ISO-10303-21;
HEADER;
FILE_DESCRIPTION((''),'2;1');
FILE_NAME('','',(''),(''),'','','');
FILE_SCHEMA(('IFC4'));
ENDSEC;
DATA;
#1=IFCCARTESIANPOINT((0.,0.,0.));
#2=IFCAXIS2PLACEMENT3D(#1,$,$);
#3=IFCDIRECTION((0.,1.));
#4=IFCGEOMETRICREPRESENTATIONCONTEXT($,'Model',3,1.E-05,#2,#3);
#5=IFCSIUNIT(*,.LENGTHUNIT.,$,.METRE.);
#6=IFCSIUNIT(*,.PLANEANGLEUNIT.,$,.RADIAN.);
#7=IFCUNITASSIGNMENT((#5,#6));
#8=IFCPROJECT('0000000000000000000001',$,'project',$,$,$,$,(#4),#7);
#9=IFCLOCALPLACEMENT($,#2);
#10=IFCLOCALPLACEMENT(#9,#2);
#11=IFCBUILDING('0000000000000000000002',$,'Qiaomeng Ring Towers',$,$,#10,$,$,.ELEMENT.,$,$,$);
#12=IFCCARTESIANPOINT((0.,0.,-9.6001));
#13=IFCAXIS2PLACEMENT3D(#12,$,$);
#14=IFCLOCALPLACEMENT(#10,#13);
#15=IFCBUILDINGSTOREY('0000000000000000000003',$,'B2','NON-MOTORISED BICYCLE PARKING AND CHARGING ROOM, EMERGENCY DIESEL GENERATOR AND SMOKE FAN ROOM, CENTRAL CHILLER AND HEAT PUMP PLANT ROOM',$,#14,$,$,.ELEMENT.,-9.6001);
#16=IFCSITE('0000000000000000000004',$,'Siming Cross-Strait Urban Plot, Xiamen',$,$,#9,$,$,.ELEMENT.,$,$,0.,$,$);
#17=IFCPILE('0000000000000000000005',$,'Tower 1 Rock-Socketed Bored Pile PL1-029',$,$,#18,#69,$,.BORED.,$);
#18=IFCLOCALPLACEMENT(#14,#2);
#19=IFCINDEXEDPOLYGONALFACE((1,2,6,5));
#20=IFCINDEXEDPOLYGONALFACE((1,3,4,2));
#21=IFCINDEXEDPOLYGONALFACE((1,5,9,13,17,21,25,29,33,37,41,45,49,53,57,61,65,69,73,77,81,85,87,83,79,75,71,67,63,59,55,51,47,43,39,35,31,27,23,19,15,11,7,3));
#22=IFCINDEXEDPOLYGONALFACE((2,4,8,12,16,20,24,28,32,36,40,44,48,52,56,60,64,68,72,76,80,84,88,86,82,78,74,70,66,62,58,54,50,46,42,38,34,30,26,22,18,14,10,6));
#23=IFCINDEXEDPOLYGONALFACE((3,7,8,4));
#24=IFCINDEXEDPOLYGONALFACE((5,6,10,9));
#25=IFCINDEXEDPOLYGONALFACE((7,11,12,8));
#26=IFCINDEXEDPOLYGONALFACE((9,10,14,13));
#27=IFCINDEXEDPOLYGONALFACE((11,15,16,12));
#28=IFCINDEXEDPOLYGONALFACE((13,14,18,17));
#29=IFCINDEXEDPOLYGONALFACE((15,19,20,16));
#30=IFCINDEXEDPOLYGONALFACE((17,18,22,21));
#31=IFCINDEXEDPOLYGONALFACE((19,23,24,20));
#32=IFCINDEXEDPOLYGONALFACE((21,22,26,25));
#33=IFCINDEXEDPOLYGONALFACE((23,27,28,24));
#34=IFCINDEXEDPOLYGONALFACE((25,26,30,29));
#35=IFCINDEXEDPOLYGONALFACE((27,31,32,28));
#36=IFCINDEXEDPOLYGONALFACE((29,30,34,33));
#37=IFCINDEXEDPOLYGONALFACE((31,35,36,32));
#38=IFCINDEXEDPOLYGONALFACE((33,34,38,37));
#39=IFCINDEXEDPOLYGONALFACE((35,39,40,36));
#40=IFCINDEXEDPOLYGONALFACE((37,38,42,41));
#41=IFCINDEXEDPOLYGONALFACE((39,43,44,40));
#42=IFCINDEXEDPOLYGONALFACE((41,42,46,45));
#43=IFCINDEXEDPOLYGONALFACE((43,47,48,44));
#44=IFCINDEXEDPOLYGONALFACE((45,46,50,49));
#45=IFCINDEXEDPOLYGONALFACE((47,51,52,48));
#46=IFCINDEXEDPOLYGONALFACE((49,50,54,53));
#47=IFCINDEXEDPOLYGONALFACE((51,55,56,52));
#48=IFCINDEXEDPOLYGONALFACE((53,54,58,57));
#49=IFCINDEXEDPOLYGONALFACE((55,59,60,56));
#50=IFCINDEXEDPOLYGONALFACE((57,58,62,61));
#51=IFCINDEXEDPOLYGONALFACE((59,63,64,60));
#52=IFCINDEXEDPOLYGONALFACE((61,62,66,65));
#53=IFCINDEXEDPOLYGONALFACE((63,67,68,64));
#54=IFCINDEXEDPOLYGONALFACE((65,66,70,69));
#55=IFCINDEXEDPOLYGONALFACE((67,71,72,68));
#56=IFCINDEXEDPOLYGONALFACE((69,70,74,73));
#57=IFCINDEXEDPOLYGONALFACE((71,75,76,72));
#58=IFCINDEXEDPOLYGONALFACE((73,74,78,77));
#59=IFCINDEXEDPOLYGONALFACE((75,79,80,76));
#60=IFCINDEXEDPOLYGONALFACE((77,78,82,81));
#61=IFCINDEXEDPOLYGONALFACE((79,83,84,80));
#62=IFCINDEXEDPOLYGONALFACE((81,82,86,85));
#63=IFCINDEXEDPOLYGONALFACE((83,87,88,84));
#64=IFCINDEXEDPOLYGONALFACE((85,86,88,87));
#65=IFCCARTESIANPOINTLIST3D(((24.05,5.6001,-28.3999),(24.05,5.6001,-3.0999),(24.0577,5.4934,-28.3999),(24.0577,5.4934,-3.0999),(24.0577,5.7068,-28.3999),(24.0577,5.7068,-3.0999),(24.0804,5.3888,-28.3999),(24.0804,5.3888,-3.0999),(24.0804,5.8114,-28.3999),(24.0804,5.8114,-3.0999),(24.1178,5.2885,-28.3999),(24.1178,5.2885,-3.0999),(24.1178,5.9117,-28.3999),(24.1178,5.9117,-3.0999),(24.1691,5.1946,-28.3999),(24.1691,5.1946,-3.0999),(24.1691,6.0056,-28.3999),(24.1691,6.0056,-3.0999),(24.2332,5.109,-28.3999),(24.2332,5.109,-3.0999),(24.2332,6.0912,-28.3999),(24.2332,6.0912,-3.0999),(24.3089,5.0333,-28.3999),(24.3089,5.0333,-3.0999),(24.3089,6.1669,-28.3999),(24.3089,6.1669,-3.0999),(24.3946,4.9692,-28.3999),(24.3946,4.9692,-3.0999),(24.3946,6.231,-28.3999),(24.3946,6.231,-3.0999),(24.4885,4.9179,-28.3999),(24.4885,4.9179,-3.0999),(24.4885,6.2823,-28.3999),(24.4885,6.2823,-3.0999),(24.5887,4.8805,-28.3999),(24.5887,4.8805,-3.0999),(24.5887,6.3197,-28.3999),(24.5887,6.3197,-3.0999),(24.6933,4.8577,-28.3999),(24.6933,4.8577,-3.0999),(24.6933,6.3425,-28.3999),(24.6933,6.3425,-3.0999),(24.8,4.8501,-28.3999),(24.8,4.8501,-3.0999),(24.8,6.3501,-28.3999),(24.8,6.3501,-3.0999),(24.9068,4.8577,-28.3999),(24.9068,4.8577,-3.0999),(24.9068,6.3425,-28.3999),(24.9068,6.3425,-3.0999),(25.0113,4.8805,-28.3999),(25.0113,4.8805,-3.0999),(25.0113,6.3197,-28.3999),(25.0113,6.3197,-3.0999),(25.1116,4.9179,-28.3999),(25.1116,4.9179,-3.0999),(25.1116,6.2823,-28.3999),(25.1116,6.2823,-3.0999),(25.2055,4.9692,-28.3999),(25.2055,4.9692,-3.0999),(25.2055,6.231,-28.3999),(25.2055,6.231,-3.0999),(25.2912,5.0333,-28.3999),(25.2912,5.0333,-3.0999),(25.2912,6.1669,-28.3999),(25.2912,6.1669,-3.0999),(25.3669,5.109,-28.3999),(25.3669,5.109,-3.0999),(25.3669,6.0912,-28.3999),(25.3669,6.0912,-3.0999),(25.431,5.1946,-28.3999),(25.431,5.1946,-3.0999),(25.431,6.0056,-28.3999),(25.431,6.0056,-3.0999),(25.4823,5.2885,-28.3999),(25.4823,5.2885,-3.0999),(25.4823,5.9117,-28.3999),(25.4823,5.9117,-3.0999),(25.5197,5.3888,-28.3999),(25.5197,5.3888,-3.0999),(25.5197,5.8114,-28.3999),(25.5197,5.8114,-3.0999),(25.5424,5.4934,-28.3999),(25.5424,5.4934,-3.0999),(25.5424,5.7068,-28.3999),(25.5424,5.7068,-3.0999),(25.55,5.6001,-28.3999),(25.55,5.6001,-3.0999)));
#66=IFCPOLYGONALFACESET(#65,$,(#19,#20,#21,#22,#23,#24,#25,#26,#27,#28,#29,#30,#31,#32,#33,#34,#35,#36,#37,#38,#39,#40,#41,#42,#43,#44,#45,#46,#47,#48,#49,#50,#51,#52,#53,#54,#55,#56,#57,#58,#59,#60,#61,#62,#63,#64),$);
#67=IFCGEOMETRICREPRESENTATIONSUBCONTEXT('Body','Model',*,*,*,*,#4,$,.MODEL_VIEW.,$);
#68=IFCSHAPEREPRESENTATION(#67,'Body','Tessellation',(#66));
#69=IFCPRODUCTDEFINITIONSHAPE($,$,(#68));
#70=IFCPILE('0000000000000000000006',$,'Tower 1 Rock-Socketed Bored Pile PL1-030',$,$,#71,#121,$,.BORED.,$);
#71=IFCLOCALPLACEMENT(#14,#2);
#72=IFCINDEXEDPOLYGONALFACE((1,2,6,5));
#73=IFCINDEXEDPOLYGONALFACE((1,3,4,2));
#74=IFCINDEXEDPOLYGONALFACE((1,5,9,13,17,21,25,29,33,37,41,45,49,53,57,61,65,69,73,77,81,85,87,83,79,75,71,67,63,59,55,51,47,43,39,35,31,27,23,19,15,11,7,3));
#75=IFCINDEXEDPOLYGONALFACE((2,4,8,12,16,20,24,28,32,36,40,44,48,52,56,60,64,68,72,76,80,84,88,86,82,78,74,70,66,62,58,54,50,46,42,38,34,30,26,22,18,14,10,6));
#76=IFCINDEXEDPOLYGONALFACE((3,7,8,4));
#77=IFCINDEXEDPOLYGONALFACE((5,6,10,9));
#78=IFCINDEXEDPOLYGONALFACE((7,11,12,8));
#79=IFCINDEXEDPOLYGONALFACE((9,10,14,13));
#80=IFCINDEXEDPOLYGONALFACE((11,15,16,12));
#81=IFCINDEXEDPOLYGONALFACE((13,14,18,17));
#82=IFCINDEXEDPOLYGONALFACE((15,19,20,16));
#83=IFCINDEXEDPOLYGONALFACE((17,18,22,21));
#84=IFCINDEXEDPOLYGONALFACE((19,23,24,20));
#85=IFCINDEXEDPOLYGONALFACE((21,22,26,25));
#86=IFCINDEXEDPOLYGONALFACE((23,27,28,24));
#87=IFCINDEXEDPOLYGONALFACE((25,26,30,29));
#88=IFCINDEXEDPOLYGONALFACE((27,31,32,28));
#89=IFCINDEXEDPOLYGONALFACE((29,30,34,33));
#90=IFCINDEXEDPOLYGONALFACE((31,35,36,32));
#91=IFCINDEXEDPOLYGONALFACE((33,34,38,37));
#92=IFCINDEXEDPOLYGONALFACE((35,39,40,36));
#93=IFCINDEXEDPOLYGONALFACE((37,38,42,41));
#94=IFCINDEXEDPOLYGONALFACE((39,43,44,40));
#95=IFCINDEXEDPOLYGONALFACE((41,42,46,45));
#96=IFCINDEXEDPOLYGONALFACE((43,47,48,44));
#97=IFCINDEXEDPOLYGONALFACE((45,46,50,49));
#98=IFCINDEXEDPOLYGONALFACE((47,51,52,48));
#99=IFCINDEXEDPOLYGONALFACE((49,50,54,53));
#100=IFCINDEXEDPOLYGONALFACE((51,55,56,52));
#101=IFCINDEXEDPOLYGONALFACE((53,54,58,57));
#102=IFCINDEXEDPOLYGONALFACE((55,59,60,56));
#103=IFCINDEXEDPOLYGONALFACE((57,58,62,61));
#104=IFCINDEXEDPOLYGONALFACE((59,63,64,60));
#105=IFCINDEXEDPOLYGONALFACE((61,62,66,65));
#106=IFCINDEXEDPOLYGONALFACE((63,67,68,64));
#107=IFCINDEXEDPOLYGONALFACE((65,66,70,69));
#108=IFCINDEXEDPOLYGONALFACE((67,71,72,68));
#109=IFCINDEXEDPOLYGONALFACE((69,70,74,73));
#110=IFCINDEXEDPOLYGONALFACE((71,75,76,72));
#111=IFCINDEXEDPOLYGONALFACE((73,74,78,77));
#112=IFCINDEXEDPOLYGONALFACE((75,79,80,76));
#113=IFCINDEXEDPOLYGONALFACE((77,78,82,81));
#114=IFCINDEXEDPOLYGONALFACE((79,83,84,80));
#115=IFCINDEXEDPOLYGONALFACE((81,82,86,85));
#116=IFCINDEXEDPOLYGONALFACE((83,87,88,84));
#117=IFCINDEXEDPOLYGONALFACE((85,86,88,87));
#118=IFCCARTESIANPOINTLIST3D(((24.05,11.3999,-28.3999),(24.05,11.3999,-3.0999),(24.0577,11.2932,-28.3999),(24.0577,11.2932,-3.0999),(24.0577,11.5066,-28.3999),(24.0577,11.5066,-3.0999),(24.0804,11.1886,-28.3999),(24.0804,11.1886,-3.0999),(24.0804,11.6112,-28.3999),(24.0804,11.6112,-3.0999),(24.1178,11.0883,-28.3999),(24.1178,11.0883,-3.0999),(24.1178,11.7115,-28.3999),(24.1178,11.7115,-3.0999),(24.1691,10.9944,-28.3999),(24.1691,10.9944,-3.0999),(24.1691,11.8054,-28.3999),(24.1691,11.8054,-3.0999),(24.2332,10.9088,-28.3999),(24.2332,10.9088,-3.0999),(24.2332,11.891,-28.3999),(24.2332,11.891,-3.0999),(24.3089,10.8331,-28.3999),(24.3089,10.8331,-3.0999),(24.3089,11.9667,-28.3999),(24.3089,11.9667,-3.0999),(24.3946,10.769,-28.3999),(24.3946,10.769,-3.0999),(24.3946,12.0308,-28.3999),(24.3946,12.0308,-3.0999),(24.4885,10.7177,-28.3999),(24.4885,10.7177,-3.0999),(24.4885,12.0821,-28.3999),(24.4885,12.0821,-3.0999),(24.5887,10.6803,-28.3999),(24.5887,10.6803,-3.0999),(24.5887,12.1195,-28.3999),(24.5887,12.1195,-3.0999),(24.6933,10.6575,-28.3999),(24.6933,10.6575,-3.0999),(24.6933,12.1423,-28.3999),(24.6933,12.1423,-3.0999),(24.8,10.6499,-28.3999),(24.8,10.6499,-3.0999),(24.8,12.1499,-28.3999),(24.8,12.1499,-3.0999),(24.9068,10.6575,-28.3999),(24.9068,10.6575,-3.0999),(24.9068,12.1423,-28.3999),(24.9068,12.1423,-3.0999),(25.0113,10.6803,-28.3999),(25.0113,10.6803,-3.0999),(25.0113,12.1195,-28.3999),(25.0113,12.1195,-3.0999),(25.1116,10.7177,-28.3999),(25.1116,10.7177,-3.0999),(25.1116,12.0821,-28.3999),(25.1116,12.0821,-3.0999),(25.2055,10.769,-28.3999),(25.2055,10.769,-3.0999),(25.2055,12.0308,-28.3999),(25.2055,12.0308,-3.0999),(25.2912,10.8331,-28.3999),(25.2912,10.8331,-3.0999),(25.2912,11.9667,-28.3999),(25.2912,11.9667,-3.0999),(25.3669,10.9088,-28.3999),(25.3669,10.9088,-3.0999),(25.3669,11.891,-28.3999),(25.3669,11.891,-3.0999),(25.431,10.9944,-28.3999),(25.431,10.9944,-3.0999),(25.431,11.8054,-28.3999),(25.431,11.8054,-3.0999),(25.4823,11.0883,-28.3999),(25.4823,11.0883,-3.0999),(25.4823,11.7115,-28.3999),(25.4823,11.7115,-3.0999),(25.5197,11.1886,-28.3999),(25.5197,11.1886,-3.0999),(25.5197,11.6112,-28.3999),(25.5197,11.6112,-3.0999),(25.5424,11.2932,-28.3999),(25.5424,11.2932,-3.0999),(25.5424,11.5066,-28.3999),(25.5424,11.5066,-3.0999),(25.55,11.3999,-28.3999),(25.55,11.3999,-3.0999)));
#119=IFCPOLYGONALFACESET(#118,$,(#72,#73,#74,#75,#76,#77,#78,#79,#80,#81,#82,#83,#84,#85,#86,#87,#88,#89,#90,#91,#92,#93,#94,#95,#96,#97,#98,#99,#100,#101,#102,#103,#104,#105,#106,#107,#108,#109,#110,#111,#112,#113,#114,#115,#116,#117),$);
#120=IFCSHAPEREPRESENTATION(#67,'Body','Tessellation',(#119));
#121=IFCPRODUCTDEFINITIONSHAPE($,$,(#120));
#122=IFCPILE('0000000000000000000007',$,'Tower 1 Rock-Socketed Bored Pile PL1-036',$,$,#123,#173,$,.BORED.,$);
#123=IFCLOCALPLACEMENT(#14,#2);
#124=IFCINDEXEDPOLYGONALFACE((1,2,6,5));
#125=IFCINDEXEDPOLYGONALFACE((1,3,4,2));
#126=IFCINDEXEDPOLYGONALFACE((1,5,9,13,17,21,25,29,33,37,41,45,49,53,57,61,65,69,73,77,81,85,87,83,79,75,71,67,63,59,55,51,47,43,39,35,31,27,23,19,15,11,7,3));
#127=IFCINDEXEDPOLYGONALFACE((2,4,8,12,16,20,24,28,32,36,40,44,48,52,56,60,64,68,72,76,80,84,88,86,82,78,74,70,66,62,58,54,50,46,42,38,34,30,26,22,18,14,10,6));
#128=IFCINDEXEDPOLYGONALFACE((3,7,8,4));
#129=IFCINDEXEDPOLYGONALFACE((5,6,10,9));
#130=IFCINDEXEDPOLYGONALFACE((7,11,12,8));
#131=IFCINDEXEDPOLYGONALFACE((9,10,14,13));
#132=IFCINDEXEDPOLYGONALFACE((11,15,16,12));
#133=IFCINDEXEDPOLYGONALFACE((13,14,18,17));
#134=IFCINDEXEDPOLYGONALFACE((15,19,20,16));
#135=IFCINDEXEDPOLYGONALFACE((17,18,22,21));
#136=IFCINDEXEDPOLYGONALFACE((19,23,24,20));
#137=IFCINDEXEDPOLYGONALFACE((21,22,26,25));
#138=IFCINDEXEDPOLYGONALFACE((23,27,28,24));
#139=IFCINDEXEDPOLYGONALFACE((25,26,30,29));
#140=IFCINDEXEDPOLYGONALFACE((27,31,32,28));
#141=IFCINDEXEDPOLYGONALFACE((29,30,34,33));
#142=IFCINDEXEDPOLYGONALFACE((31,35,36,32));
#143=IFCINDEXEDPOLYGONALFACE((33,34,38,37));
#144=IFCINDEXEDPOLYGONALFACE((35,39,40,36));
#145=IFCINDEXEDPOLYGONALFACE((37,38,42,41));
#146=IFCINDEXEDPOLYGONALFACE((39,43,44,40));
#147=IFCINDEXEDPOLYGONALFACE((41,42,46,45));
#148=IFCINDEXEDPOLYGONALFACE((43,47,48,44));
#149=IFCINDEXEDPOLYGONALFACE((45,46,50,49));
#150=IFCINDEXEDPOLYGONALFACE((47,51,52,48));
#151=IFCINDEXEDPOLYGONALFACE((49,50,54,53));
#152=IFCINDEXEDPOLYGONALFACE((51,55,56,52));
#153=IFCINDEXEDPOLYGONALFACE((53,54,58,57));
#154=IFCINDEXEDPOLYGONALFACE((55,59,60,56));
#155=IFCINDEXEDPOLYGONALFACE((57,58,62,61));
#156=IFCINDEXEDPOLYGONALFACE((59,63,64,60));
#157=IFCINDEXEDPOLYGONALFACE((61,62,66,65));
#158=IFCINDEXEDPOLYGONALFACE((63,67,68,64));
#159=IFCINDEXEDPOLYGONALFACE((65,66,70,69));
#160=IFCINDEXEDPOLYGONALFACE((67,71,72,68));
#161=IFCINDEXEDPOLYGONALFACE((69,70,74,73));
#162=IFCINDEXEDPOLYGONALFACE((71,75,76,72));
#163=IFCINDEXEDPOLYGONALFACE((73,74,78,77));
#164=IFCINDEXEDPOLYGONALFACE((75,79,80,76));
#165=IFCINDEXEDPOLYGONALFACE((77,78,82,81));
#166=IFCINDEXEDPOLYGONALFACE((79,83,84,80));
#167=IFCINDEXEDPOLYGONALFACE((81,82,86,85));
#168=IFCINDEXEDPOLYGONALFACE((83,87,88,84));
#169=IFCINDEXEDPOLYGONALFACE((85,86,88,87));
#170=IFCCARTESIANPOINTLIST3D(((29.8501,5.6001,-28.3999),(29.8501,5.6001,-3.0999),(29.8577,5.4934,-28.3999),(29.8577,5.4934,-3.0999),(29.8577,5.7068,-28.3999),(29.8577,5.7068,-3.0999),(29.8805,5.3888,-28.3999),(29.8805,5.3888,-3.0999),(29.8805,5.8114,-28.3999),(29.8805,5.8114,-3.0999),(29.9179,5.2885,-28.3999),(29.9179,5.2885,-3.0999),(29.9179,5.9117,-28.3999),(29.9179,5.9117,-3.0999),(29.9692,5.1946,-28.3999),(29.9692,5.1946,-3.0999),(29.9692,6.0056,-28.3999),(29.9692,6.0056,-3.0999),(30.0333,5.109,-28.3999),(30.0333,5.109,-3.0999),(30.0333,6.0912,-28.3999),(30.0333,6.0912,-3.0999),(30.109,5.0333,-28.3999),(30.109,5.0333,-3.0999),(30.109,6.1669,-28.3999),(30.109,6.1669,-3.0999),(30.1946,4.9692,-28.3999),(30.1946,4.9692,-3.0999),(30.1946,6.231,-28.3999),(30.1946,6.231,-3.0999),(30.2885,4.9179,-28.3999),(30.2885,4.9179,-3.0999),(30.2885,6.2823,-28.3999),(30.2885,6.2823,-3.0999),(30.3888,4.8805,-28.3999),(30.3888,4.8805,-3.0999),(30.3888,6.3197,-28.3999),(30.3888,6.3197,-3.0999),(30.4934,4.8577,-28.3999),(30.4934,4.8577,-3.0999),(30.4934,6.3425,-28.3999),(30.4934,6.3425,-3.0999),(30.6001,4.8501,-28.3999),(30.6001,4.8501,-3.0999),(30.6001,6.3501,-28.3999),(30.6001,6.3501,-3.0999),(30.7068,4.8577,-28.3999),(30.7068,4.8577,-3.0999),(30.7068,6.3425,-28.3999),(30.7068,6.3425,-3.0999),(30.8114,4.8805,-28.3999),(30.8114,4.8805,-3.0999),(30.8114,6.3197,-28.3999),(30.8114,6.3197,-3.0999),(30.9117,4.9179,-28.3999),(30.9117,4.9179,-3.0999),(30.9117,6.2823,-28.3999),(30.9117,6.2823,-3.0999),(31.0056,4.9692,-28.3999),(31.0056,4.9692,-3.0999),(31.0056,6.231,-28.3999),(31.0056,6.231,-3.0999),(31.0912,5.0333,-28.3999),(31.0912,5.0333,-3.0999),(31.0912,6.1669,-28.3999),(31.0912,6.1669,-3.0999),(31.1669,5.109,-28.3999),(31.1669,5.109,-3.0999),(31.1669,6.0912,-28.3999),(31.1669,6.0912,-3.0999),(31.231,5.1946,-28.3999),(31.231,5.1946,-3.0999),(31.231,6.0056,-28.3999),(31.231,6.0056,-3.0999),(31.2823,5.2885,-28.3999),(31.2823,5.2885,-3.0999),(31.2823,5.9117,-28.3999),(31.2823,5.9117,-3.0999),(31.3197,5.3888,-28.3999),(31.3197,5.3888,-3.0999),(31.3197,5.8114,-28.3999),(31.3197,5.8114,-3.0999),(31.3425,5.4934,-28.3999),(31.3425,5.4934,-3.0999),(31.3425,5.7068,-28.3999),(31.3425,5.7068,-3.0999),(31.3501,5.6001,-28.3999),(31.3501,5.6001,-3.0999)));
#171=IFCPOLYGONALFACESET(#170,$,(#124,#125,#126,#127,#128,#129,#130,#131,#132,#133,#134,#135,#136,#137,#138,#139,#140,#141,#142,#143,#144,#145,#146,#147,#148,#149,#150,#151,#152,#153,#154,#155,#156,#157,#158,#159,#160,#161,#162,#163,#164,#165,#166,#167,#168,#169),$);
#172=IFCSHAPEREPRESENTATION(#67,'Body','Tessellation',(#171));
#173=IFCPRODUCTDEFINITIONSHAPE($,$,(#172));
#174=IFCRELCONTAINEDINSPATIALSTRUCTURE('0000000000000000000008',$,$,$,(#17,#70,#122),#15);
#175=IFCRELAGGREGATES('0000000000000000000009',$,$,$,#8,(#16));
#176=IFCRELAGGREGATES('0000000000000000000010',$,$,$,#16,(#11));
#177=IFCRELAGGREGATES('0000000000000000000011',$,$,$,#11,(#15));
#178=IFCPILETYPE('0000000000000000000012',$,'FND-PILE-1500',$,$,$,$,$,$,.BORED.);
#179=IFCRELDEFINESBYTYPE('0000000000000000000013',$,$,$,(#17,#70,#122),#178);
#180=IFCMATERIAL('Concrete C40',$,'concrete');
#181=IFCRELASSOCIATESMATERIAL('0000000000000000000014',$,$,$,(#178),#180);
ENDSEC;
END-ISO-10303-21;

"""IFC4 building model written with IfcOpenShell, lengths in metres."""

from ifc_helpers import new_model, si_unit, direction, frame, origin, origin_2d, place, context, subcontext, project, spatial, circle, extrude, source, transform, mapped, material, material_profile, profile_set, type_object, element, save


model = new_model("IFC4")

# Units and contexts
model_context = context("Model", 3, precision=1e-05, world=origin(), true_north=direction((0.0, 1.0)))
body_context = subcontext(model_context, "Body", "Model", "MODEL_VIEW")
ifc_project = project(units=[si_unit("LENGTHUNIT", "METRE"), si_unit("PLANEANGLEUNIT", "RADIAN")], contexts=[model_context])

# Site, building, storey
site_placement = place(None, origin())
site = spatial("IfcSite", under=ifc_project, at=site_placement, Name="Siming Cross-Strait Urban Plot, Xiamen", CompositionType="ELEMENT", RefElevation=0.0)
building_placement = place(site_placement, origin())
building = spatial("IfcBuilding", under=site, at=building_placement, Name="Qiaomeng Ring Towers", CompositionType="ELEMENT")
storey_placement = place(building_placement, frame((0.0, 0.0, -9.6001)))
storey = spatial("IfcBuildingStorey", under=building, at=storey_placement, Name="B2", Description="NON-MOTORISED BICYCLE PARKING AND CHARGING ROOM, EMERGENCY DIESEL GENERATOR AND SMOKE FAN ROOM, CENTRAL CHILLER AND HEAT PUMP PLANT ROOM", CompositionType="ELEMENT", Elevation=-9.6001)

# Piles
ifc_material_1 = material(Name="Concrete C40", Category="concrete")
ifc_material_profile_1 = material_profile(ifc_material_1, circle(Radius=0.75, at=origin_2d()), Name="BORED PILE 1500")
ifc_profile_set_1 = profile_set([ifc_material_profile_1], Name="Concrete C40")
pile_type = type_object("IfcPileType", Name="FND-PILE-1500", PredefinedType="BORED", material=ifc_profile_set_1)
shared_shape_1 = source(origin(), body_context, "Body", "SweptSolid", [
    extrude(circle(Radius=0.75, at=origin_2d()), origin(), (0.0, 0.0, 1.0), 25.3),
])
for number, where, z_axis, x_axis, name in (
    (1, (24.8, 5.6001, -3.0999), (0.0, 0.0, -1.0), (1.0, 0.0, 0.0), "Tower 1 Rock-Socketed Bored Pile PL1-029"),
    (2, (24.8, 11.3999, -3.0999), (0.0, 0.0, -1.0), (1.0, 0.0, 0.0), "Tower 1 Rock-Socketed Bored Pile PL1-030"),
    (3, (30.6001, 5.6001, -3.0999), (0.0, 0.0, -1.0), (1.0, 0.0, 0.0), "Tower 1 Rock-Socketed Bored Pile PL1-036"),
):
    element("IfcPile", number, at=place(storey_placement, frame(where, z_axis=z_axis, x_axis=x_axis)), inside=storey, type_object=pile_type, Name=name, PredefinedType="BORED", context=body_context, shape_type="MappedRepresentation", body=[
        mapped(shared_shape_1, transform((0.0, 0.0, 0.0), x_axis=(1.0, 0.0, 0.0), y_axis=(0.0, 1.0, 0.0), z_axis=(0.0, 0.0, 1.0), scale=1.0)),
    ])

save(model, "model.ifc")
